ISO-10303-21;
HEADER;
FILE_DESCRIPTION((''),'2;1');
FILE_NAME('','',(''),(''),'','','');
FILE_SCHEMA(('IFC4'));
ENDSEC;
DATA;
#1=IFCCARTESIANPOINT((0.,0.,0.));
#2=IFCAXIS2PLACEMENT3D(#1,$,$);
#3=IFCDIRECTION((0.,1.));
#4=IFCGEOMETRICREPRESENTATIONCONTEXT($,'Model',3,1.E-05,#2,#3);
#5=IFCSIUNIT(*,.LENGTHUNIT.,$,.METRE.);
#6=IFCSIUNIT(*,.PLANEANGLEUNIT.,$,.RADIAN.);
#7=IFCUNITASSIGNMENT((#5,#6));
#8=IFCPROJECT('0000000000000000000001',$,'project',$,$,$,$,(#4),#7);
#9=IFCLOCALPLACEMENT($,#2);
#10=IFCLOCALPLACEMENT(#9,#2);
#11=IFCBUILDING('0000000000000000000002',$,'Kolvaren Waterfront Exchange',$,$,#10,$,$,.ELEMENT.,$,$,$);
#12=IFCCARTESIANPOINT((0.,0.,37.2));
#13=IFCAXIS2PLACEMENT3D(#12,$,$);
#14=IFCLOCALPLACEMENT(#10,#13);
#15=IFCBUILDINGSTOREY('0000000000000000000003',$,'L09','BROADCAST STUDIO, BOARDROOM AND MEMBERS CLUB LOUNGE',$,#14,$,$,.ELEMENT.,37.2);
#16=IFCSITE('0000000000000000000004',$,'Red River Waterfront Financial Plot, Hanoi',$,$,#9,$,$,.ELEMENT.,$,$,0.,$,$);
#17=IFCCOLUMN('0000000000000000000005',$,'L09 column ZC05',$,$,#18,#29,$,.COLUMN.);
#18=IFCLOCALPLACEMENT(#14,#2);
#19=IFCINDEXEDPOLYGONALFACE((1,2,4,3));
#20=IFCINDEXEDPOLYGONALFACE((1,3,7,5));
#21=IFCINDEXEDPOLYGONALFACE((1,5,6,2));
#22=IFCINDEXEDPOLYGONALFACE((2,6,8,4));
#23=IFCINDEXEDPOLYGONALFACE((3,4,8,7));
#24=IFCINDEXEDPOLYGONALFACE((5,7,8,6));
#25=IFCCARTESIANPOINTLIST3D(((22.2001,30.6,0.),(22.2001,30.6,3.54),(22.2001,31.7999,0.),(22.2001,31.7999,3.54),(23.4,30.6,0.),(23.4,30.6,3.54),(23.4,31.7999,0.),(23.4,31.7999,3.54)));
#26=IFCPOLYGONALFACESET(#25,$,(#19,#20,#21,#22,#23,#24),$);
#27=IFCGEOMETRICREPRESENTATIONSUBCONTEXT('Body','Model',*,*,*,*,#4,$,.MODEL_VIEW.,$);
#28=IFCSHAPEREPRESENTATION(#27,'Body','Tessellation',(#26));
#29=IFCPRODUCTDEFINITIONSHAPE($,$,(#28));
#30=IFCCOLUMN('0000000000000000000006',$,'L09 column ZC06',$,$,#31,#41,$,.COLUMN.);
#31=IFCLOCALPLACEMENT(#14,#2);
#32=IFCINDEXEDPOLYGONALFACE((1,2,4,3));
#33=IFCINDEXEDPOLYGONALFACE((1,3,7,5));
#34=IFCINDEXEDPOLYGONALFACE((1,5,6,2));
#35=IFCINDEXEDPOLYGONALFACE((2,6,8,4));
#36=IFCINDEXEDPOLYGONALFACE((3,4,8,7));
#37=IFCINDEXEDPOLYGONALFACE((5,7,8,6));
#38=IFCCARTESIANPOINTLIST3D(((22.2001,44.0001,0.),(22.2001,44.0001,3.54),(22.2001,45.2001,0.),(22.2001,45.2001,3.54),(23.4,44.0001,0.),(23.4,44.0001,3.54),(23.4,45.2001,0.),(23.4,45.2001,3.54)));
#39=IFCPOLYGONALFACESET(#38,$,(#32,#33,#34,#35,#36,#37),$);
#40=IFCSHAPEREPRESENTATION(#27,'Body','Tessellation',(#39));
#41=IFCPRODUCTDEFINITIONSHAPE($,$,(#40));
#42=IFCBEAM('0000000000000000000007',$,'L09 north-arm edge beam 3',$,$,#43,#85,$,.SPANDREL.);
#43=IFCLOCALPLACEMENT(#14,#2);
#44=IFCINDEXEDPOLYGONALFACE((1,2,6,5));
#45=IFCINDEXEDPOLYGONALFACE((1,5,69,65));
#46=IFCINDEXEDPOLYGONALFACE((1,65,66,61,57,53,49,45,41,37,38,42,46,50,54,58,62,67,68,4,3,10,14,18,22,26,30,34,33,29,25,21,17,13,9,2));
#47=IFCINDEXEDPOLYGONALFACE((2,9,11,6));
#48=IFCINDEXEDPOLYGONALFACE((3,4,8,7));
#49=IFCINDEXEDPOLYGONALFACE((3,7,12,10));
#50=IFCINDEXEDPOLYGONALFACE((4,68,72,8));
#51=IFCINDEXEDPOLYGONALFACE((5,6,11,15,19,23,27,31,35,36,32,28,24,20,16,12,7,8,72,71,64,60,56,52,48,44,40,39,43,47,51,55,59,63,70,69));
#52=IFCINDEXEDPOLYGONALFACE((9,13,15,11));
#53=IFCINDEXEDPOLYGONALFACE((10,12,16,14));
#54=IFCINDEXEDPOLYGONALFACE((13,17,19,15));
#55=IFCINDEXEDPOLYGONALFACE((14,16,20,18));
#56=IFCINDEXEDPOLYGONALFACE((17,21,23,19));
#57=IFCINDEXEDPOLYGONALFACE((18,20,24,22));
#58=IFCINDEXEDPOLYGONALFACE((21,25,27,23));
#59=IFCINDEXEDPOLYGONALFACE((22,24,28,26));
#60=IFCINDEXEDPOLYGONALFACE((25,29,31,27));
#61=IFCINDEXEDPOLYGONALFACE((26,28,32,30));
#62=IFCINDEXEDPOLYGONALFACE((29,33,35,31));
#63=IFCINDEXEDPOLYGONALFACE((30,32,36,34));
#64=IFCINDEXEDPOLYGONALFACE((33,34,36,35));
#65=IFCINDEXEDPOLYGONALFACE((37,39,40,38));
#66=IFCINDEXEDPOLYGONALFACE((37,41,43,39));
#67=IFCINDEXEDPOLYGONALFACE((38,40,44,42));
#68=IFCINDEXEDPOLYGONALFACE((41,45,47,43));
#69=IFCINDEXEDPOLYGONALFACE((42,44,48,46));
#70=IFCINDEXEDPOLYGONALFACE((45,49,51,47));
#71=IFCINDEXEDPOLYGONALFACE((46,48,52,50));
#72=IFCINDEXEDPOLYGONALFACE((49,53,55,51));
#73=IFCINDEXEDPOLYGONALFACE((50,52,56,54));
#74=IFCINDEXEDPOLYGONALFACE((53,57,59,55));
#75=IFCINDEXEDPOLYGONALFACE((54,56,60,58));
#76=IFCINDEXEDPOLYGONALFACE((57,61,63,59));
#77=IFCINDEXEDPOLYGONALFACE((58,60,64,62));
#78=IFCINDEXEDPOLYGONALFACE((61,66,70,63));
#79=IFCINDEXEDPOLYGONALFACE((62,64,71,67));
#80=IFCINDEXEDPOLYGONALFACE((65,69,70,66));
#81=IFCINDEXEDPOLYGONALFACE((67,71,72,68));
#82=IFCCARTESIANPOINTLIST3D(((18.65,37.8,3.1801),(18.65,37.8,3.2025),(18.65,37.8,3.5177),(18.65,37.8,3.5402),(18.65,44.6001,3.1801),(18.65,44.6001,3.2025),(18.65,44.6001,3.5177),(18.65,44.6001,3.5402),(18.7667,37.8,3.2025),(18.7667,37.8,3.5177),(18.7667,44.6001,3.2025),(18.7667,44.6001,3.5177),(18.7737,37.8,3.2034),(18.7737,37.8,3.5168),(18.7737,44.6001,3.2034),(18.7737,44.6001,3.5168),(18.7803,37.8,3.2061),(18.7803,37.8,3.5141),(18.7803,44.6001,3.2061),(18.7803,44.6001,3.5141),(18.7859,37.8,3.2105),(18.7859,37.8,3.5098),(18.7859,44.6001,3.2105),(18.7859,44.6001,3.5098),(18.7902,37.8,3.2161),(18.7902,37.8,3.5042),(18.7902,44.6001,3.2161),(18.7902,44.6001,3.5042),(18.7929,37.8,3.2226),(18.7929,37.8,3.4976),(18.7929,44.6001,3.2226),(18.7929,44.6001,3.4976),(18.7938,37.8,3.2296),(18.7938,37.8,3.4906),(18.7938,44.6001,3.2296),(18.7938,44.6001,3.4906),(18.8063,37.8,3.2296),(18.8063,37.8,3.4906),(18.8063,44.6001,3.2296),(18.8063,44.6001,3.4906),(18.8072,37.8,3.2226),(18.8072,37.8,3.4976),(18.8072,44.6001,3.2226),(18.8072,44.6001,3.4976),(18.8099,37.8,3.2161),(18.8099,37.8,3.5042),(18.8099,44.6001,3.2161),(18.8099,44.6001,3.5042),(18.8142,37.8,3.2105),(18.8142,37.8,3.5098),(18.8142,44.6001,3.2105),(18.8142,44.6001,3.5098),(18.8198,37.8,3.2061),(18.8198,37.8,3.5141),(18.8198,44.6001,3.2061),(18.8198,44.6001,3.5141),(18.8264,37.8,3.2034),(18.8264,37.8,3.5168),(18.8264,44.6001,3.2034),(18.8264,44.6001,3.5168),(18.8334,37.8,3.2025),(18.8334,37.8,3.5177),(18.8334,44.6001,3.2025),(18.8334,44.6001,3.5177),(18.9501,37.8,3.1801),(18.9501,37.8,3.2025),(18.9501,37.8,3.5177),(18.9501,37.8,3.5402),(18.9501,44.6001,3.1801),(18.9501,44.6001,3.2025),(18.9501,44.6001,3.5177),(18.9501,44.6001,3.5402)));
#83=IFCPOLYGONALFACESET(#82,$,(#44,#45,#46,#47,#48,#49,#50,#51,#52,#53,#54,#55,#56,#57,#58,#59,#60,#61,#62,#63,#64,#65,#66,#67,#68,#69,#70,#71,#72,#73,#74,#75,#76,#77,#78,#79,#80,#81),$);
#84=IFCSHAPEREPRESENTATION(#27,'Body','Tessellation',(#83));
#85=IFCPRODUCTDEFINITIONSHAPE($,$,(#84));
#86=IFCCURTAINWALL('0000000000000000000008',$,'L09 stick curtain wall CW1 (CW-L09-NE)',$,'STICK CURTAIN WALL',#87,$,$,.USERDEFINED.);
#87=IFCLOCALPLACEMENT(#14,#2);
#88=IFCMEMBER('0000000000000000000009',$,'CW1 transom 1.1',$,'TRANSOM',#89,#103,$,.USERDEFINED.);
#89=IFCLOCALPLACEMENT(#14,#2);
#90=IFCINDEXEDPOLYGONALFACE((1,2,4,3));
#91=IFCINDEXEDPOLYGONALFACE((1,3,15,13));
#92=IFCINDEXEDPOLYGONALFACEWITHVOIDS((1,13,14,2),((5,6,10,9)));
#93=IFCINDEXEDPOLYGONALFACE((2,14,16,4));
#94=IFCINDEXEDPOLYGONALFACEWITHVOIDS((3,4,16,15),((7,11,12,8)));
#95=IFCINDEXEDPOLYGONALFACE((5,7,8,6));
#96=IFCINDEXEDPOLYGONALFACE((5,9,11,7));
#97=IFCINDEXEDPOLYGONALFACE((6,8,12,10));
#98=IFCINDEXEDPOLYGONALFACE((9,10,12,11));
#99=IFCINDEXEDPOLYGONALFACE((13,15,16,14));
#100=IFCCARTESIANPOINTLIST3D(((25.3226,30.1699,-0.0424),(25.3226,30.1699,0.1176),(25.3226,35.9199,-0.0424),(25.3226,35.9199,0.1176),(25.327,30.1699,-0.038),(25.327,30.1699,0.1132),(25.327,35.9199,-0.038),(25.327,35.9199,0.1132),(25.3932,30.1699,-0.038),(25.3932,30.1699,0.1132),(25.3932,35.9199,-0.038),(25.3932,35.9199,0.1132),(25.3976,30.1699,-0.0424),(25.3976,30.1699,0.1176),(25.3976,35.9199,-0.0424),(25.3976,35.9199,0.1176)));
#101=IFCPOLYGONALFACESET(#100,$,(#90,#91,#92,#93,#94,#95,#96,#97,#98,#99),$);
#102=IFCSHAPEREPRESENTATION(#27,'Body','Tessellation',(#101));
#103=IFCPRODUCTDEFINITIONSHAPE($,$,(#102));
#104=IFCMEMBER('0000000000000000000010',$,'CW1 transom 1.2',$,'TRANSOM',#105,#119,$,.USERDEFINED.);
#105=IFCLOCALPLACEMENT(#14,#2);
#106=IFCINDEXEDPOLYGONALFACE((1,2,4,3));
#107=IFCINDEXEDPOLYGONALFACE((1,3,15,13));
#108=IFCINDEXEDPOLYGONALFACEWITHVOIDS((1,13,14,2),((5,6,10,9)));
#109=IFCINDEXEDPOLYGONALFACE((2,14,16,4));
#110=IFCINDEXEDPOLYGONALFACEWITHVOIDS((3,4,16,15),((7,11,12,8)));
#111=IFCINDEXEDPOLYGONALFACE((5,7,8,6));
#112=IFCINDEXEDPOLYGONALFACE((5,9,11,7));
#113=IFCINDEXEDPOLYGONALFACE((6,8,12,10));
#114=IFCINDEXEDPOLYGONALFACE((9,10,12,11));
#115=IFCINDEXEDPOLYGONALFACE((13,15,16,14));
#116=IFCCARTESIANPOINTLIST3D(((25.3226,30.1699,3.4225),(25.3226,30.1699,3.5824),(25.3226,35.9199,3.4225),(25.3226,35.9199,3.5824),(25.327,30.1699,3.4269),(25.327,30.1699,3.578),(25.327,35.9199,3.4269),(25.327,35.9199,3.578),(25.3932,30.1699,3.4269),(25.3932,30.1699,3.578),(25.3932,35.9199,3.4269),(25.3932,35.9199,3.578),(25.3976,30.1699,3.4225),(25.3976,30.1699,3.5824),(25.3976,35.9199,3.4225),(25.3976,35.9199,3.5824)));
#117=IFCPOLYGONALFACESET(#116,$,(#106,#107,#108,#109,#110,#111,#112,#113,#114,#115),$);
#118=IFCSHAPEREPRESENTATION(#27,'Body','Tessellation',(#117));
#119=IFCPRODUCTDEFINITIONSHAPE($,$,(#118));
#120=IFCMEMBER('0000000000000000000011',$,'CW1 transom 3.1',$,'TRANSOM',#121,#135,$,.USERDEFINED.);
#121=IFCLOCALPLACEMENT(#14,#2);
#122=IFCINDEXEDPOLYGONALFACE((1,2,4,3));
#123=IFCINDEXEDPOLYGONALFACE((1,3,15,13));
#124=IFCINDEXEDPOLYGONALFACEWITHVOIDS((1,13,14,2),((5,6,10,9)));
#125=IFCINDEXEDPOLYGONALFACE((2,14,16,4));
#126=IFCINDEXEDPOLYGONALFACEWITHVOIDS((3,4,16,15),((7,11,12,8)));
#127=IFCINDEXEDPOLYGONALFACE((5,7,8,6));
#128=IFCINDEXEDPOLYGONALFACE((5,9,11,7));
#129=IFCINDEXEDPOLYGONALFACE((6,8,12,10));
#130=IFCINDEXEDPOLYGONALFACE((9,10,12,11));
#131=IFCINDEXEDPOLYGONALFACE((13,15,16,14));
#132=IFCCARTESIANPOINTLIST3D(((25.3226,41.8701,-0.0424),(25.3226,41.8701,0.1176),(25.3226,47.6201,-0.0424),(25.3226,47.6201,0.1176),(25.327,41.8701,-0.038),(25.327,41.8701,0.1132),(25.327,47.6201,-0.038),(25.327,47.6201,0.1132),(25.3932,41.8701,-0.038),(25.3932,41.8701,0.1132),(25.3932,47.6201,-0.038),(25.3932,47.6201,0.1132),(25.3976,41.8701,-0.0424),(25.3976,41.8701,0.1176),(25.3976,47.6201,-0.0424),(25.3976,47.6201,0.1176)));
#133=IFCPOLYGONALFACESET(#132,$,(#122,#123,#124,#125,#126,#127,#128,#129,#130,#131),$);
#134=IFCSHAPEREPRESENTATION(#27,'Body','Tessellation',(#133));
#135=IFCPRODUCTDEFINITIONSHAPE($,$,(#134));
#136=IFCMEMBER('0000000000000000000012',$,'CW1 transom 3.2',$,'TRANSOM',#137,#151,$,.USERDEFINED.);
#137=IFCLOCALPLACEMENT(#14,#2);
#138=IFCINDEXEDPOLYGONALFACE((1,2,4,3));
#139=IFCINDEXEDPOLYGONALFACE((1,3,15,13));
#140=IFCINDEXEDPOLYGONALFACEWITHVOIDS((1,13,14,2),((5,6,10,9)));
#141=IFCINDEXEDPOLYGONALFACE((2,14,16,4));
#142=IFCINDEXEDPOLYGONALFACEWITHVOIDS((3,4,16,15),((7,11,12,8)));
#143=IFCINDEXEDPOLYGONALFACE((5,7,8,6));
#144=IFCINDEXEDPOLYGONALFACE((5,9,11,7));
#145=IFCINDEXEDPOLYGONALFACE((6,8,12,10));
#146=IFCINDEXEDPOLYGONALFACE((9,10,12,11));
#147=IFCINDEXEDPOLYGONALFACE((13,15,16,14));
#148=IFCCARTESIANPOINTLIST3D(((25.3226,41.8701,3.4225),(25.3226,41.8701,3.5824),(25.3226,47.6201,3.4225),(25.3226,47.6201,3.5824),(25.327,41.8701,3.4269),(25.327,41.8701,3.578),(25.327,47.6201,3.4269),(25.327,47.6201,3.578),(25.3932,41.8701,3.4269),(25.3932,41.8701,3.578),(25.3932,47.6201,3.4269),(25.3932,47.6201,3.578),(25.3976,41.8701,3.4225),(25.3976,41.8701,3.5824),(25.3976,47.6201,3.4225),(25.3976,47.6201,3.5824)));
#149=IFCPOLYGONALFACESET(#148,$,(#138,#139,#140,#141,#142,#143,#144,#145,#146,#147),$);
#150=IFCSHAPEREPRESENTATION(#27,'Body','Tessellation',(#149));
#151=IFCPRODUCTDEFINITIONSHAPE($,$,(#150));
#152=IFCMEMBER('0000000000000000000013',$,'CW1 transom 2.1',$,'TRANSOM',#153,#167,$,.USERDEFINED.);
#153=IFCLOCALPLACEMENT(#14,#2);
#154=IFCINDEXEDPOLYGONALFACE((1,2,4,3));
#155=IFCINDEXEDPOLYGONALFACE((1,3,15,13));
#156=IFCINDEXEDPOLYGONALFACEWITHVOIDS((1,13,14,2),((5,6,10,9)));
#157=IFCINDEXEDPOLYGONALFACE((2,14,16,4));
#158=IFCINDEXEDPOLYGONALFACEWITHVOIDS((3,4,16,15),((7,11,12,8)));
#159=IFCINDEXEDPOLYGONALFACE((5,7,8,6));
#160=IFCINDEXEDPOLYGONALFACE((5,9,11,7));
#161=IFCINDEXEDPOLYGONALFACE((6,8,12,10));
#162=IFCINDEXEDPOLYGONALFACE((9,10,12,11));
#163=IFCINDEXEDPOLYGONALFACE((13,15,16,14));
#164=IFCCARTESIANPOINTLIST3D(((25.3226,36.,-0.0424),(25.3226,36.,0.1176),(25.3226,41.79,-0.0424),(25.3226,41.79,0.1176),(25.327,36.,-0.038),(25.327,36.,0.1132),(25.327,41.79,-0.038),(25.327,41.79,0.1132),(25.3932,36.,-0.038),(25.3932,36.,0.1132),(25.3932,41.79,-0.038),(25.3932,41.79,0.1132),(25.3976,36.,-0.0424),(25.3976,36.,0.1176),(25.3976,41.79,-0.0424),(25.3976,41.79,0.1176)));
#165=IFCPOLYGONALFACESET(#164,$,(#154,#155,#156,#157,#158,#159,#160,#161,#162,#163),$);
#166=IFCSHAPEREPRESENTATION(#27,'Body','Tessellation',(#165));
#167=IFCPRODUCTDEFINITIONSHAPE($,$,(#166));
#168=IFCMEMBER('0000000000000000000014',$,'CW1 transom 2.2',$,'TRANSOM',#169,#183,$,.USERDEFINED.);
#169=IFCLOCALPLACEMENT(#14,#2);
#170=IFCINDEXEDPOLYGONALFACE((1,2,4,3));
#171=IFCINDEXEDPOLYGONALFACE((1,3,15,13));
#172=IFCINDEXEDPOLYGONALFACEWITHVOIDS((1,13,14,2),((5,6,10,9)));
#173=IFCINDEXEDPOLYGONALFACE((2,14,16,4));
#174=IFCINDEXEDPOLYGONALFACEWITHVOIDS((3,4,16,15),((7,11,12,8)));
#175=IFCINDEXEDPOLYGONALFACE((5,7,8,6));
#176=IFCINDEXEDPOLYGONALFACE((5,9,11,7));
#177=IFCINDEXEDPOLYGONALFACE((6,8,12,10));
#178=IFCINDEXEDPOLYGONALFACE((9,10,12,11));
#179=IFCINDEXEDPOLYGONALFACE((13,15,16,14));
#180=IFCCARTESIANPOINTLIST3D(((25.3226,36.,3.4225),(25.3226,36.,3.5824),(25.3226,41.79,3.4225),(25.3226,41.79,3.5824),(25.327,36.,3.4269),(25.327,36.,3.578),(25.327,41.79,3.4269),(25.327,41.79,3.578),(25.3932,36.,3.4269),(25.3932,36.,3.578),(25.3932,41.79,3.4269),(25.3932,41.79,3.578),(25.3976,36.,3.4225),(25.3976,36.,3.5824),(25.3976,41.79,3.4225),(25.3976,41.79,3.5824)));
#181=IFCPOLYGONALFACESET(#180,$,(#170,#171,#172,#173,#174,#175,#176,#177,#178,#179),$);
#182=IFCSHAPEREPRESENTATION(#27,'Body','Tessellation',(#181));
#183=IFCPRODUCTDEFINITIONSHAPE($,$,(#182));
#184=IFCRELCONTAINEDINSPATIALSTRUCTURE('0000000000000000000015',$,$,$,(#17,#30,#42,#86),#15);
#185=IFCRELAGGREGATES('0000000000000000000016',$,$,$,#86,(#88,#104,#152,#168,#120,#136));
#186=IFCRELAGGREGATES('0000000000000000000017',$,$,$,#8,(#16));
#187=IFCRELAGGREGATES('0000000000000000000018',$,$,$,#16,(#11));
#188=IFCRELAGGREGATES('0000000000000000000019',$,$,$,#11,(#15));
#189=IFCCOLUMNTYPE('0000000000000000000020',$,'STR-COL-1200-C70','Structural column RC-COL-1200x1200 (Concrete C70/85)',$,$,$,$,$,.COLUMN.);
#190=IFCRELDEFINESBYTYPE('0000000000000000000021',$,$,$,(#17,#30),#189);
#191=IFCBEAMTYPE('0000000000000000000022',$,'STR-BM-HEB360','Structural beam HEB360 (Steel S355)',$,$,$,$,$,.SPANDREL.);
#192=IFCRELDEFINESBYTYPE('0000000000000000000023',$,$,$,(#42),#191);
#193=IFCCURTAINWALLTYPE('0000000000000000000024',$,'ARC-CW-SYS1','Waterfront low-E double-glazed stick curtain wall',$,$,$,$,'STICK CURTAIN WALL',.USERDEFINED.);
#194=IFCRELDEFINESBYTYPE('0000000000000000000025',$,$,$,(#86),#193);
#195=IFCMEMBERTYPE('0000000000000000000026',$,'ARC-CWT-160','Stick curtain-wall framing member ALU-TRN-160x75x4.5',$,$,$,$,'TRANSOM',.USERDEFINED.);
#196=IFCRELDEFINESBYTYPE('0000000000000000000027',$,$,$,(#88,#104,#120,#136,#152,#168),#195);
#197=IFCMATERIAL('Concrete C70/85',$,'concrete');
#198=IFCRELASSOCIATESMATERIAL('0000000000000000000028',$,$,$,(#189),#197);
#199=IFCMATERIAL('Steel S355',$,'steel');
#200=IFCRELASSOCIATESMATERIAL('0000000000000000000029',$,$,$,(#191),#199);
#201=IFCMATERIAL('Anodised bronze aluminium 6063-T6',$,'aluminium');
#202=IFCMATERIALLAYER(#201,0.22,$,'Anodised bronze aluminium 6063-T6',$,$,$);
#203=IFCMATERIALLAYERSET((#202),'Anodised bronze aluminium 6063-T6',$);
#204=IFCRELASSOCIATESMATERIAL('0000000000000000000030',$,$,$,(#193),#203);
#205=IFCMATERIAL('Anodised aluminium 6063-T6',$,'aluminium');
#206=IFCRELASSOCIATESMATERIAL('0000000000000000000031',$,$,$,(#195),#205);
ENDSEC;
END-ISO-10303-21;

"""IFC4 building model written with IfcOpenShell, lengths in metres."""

from ifc_helpers import new_model, si_unit, direction, frame, origin, origin_with_axes, origin_2d, place, context, subcontext, project, spatial, rectangle, hollow_rectangle, i_section, extrude, source, transform, mapped, material, layer, layer_set, material_profile, profile_set, type_object, element, aggregate, save


model = new_model("IFC4")

# Units and contexts
model_context = context("Model", 3, precision=1e-05, world=origin(), true_north=direction((0.0, 1.0)))
body_context = subcontext(model_context, "Body", "Model", "MODEL_VIEW")
ifc_project = project(units=[si_unit("LENGTHUNIT", "METRE"), si_unit("PLANEANGLEUNIT", "RADIAN")], contexts=[model_context])

# Site, building, storey
site_placement = place(None, origin())
site = spatial("IfcSite", under=ifc_project, at=site_placement, Name="Red River Waterfront Financial Plot, Hanoi", CompositionType="ELEMENT", RefElevation=0.0)
building_placement = place(site_placement, origin())
building = spatial("IfcBuilding", under=site, at=building_placement, Name="Kolvaren Waterfront Exchange", CompositionType="ELEMENT")
storey_placement = place(building_placement, frame((0.0, 0.0, 37.2)))
storey = spatial("IfcBuildingStorey", under=building, at=storey_placement, Name="L09", Description="BROADCAST STUDIO, BOARDROOM AND MEMBERS CLUB LOUNGE", CompositionType="ELEMENT", Elevation=37.2)

# Columns
ifc_material_1 = material(Name="Concrete C70/85", Category="concrete")
ifc_material_profile_1 = material_profile(ifc_material_1, rectangle(XDim=1.2, YDim=1.2, at=origin_2d()), Name="RC-COL-1200x1200")
ifc_profile_set_1 = profile_set([ifc_material_profile_1], Name="Concrete C70/85")
column_type = type_object("IfcColumnType", Name="STR-COL-1200-C70", Description="Structural column RC-COL-1200x1200 (Concrete C70/85)", PredefinedType="COLUMN", material=ifc_profile_set_1)
for number, where, z_axis, x_axis, name in (
    (1, (22.8, 31.2, 0.0), (0.0, 0.0, 1.0), (1.0, 0.0, 0.0), "L09 column ZC05"),
    (2, (22.8, 44.6001, 0.0), (0.0, 0.0, 1.0), (1.0, 0.0, 0.0), "L09 column ZC06"),
):
    element("IfcColumn", number, at=place(storey_placement, frame(where, z_axis=z_axis, x_axis=x_axis)), inside=storey, type_object=column_type, Name=name, PredefinedType="COLUMN", context=body_context, shape_type="SweptSolid", body=[
        extrude(rectangle(XDim=1.2, YDim=1.2, at=origin_2d()), origin(), (0.0, 0.0, 1.0), 3.54),
    ])

# Beam
ifc_material_2 = material(Name="Steel S355", Category="steel")
ifc_material_profile_2 = material_profile(ifc_material_2, i_section(OverallWidth=0.3, OverallDepth=0.3601, WebThickness=0.0125, FlangeThickness=0.0225, FilletRadius=0.0271, at=origin_2d()), Name="HEB360")
ifc_profile_set_2 = profile_set([ifc_material_profile_2], Name="Steel S355")
beam_type = type_object("IfcBeamType", Name="STR-BM-HEB360", Description="Structural beam HEB360 (Steel S355)", PredefinedType="SPANDREL", material=ifc_profile_set_2)
beam_placement = place(storey_placement, frame((18.8, 37.8, 3.3601), z_axis=(0.0, 1.0, 0.0), x_axis=(-1.0, 0.0, 0.0)))
element("IfcBeam", 3, at=beam_placement, inside=storey, type_object=beam_type, Name="L09 north-arm edge beam 3", PredefinedType="SPANDREL", context=body_context, shape_type="SweptSolid", body=[
    extrude(i_section(OverallWidth=0.3, OverallDepth=0.3601, WebThickness=0.0125, FlangeThickness=0.0225, FilletRadius=0.0271, at=origin_2d()), origin(), (0.0, 0.0, 1.0), 6.8),
])

# Curtain wall, members
ifc_material_3 = material(Name="Anodised bronze aluminium 6063-T6", Category="aluminium")
ifc_layer_1 = layer(ifc_material_3, 0.22, Name="Anodised bronze aluminium 6063-T6")
ifc_layer_set_1 = layer_set([ifc_layer_1], Name="Anodised bronze aluminium 6063-T6")
curtain_wall_type = type_object("IfcCurtainWallType", Name="ARC-CW-SYS1", Description="Waterfront low-E double-glazed stick curtain wall", ElementType="STICK CURTAIN WALL", PredefinedType="USERDEFINED", material=ifc_layer_set_1)
curtain_wall_placement = place(storey_placement, origin())
curtain_wall = element("IfcCurtainWall", 4, at=curtain_wall_placement, inside=storey, type_object=curtain_wall_type, Name="L09 stick curtain wall CW1 (CW-L09-NE)", ObjectType="STICK CURTAIN WALL", PredefinedType="USERDEFINED")
ifc_material_4 = material(Name="Anodised aluminium 6063-T6", Category="aluminium")
ifc_material_profile_3 = material_profile(ifc_material_4, hollow_rectangle(XDim=0.075, YDim=0.1599, WallThickness=0.0044, at=origin_2d()), Name="ALU-TRN-160x75x4.5")
ifc_profile_set_3 = profile_set([ifc_material_profile_3], Name="Anodised aluminium 6063-T6")
member_type_1 = type_object("IfcMemberType", Name="ARC-CWT-160", Description="Stick curtain-wall framing member ALU-TRN-160x75x4.5", ElementType="TRANSOM", PredefinedType="USERDEFINED", material=ifc_profile_set_3)
shared_shape_1 = source(origin_with_axes(), body_context, "Body", "SweptSolid", [
    extrude(hollow_rectangle(XDim=0.075, YDim=0.1599, WallThickness=0.0044, at=origin_2d()), origin(), (0.0, 0.0, 1.0), 5.75),
])
member_1_placement = place(storey_placement, frame((25.3601, 30.1699, 0.0376), z_axis=(0.0, 1.0, 0.0), x_axis=(-1.0, 0.0, 0.0)))
member_1 = element("IfcMember", 5, at=member_1_placement, type_object=member_type_1, Name="CW1 transom 1.1", ObjectType="TRANSOM", PredefinedType="USERDEFINED", context=body_context, shape_type="MappedRepresentation", body=[
    mapped(shared_shape_1, transform((0.0, 0.0, 0.0), x_axis=(1.0, 0.0, 0.0), y_axis=(0.0, 1.0, 0.0), z_axis=(0.0, 0.0, 1.0), scale=1.0)),
])
member_2_placement = place(storey_placement, frame((25.3601, 30.1699, 3.5024), z_axis=(0.0, 1.0, 0.0), x_axis=(-1.0, 0.0, 0.0)))
member_2 = element("IfcMember", 6, at=member_2_placement, type_object=member_type_1, Name="CW1 transom 1.2", ObjectType="TRANSOM", PredefinedType="USERDEFINED", context=body_context, shape_type="MappedRepresentation", body=[
    mapped(shared_shape_1, transform((0.0, 0.0, 0.0), x_axis=(1.0, 0.0, 0.0), y_axis=(0.0, 1.0, 0.0), z_axis=(0.0, 0.0, 1.0), scale=1.0)),
])
member_3_placement = place(storey_placement, frame((25.3601, 41.8701, 0.0376), z_axis=(0.0, 1.0, 0.0), x_axis=(-1.0, 0.0, 0.0)))
member_3 = element("IfcMember", 7, at=member_3_placement, type_object=member_type_1, Name="CW1 transom 3.1", ObjectType="TRANSOM", PredefinedType="USERDEFINED", context=body_context, shape_type="MappedRepresentation", body=[
    mapped(shared_shape_1, transform((0.0, 0.0, 0.0), x_axis=(1.0, 0.0, 0.0), y_axis=(0.0, 1.0, 0.0), z_axis=(0.0, 0.0, 1.0), scale=1.0)),
])
member_4_placement = place(storey_placement, frame((25.3601, 41.8701, 3.5024), z_axis=(0.0, 1.0, 0.0), x_axis=(-1.0, 0.0, 0.0)))
member_4 = element("IfcMember", 8, at=member_4_placement, type_object=member_type_1, Name="CW1 transom 3.2", ObjectType="TRANSOM", PredefinedType="USERDEFINED", context=body_context, shape_type="MappedRepresentation", body=[
    mapped(shared_shape_1, transform((0.0, 0.0, 0.0), x_axis=(1.0, 0.0, 0.0), y_axis=(0.0, 1.0, 0.0), z_axis=(0.0, 0.0, 1.0), scale=1.0)),
])
shared_shape_2 = source(origin_with_axes(), body_context, "Body", "SweptSolid", [
    extrude(hollow_rectangle(XDim=0.075, YDim=0.1599, WallThickness=0.0044, at=origin_2d()), origin(), (0.0, 0.0, 1.0), 5.79),
])
member_5_placement = place(storey_placement, frame((25.3601, 36.0, 0.0376), z_axis=(0.0, 1.0, 0.0), x_axis=(-1.0, 0.0, 0.0)))
member_5 = element("IfcMember", 9, at=member_5_placement, type_object=member_type_1, Name="CW1 transom 2.1", ObjectType="TRANSOM", PredefinedType="USERDEFINED", context=body_context, shape_type="MappedRepresentation", body=[
    mapped(shared_shape_2, transform((0.0, 0.0, 0.0), x_axis=(1.0, 0.0, 0.0), y_axis=(0.0, 1.0, 0.0), z_axis=(0.0, 0.0, 1.0), scale=1.0)),
])
member_6_placement = place(storey_placement, frame((25.3601, 36.0, 3.5024), z_axis=(0.0, 1.0, 0.0), x_axis=(-1.0, 0.0, 0.0)))
member_6 = element("IfcMember", 10, at=member_6_placement, type_object=member_type_1, Name="CW1 transom 2.2", ObjectType="TRANSOM", PredefinedType="USERDEFINED", context=body_context, shape_type="MappedRepresentation", body=[
    mapped(shared_shape_2, transform((0.0, 0.0, 0.0), x_axis=(1.0, 0.0, 0.0), y_axis=(0.0, 1.0, 0.0), z_axis=(0.0, 0.0, 1.0), scale=1.0)),
])
aggregate(curtain_wall, [member_1, member_2, member_5, member_6, member_3, member_4])

save(model, "model.ifc")
